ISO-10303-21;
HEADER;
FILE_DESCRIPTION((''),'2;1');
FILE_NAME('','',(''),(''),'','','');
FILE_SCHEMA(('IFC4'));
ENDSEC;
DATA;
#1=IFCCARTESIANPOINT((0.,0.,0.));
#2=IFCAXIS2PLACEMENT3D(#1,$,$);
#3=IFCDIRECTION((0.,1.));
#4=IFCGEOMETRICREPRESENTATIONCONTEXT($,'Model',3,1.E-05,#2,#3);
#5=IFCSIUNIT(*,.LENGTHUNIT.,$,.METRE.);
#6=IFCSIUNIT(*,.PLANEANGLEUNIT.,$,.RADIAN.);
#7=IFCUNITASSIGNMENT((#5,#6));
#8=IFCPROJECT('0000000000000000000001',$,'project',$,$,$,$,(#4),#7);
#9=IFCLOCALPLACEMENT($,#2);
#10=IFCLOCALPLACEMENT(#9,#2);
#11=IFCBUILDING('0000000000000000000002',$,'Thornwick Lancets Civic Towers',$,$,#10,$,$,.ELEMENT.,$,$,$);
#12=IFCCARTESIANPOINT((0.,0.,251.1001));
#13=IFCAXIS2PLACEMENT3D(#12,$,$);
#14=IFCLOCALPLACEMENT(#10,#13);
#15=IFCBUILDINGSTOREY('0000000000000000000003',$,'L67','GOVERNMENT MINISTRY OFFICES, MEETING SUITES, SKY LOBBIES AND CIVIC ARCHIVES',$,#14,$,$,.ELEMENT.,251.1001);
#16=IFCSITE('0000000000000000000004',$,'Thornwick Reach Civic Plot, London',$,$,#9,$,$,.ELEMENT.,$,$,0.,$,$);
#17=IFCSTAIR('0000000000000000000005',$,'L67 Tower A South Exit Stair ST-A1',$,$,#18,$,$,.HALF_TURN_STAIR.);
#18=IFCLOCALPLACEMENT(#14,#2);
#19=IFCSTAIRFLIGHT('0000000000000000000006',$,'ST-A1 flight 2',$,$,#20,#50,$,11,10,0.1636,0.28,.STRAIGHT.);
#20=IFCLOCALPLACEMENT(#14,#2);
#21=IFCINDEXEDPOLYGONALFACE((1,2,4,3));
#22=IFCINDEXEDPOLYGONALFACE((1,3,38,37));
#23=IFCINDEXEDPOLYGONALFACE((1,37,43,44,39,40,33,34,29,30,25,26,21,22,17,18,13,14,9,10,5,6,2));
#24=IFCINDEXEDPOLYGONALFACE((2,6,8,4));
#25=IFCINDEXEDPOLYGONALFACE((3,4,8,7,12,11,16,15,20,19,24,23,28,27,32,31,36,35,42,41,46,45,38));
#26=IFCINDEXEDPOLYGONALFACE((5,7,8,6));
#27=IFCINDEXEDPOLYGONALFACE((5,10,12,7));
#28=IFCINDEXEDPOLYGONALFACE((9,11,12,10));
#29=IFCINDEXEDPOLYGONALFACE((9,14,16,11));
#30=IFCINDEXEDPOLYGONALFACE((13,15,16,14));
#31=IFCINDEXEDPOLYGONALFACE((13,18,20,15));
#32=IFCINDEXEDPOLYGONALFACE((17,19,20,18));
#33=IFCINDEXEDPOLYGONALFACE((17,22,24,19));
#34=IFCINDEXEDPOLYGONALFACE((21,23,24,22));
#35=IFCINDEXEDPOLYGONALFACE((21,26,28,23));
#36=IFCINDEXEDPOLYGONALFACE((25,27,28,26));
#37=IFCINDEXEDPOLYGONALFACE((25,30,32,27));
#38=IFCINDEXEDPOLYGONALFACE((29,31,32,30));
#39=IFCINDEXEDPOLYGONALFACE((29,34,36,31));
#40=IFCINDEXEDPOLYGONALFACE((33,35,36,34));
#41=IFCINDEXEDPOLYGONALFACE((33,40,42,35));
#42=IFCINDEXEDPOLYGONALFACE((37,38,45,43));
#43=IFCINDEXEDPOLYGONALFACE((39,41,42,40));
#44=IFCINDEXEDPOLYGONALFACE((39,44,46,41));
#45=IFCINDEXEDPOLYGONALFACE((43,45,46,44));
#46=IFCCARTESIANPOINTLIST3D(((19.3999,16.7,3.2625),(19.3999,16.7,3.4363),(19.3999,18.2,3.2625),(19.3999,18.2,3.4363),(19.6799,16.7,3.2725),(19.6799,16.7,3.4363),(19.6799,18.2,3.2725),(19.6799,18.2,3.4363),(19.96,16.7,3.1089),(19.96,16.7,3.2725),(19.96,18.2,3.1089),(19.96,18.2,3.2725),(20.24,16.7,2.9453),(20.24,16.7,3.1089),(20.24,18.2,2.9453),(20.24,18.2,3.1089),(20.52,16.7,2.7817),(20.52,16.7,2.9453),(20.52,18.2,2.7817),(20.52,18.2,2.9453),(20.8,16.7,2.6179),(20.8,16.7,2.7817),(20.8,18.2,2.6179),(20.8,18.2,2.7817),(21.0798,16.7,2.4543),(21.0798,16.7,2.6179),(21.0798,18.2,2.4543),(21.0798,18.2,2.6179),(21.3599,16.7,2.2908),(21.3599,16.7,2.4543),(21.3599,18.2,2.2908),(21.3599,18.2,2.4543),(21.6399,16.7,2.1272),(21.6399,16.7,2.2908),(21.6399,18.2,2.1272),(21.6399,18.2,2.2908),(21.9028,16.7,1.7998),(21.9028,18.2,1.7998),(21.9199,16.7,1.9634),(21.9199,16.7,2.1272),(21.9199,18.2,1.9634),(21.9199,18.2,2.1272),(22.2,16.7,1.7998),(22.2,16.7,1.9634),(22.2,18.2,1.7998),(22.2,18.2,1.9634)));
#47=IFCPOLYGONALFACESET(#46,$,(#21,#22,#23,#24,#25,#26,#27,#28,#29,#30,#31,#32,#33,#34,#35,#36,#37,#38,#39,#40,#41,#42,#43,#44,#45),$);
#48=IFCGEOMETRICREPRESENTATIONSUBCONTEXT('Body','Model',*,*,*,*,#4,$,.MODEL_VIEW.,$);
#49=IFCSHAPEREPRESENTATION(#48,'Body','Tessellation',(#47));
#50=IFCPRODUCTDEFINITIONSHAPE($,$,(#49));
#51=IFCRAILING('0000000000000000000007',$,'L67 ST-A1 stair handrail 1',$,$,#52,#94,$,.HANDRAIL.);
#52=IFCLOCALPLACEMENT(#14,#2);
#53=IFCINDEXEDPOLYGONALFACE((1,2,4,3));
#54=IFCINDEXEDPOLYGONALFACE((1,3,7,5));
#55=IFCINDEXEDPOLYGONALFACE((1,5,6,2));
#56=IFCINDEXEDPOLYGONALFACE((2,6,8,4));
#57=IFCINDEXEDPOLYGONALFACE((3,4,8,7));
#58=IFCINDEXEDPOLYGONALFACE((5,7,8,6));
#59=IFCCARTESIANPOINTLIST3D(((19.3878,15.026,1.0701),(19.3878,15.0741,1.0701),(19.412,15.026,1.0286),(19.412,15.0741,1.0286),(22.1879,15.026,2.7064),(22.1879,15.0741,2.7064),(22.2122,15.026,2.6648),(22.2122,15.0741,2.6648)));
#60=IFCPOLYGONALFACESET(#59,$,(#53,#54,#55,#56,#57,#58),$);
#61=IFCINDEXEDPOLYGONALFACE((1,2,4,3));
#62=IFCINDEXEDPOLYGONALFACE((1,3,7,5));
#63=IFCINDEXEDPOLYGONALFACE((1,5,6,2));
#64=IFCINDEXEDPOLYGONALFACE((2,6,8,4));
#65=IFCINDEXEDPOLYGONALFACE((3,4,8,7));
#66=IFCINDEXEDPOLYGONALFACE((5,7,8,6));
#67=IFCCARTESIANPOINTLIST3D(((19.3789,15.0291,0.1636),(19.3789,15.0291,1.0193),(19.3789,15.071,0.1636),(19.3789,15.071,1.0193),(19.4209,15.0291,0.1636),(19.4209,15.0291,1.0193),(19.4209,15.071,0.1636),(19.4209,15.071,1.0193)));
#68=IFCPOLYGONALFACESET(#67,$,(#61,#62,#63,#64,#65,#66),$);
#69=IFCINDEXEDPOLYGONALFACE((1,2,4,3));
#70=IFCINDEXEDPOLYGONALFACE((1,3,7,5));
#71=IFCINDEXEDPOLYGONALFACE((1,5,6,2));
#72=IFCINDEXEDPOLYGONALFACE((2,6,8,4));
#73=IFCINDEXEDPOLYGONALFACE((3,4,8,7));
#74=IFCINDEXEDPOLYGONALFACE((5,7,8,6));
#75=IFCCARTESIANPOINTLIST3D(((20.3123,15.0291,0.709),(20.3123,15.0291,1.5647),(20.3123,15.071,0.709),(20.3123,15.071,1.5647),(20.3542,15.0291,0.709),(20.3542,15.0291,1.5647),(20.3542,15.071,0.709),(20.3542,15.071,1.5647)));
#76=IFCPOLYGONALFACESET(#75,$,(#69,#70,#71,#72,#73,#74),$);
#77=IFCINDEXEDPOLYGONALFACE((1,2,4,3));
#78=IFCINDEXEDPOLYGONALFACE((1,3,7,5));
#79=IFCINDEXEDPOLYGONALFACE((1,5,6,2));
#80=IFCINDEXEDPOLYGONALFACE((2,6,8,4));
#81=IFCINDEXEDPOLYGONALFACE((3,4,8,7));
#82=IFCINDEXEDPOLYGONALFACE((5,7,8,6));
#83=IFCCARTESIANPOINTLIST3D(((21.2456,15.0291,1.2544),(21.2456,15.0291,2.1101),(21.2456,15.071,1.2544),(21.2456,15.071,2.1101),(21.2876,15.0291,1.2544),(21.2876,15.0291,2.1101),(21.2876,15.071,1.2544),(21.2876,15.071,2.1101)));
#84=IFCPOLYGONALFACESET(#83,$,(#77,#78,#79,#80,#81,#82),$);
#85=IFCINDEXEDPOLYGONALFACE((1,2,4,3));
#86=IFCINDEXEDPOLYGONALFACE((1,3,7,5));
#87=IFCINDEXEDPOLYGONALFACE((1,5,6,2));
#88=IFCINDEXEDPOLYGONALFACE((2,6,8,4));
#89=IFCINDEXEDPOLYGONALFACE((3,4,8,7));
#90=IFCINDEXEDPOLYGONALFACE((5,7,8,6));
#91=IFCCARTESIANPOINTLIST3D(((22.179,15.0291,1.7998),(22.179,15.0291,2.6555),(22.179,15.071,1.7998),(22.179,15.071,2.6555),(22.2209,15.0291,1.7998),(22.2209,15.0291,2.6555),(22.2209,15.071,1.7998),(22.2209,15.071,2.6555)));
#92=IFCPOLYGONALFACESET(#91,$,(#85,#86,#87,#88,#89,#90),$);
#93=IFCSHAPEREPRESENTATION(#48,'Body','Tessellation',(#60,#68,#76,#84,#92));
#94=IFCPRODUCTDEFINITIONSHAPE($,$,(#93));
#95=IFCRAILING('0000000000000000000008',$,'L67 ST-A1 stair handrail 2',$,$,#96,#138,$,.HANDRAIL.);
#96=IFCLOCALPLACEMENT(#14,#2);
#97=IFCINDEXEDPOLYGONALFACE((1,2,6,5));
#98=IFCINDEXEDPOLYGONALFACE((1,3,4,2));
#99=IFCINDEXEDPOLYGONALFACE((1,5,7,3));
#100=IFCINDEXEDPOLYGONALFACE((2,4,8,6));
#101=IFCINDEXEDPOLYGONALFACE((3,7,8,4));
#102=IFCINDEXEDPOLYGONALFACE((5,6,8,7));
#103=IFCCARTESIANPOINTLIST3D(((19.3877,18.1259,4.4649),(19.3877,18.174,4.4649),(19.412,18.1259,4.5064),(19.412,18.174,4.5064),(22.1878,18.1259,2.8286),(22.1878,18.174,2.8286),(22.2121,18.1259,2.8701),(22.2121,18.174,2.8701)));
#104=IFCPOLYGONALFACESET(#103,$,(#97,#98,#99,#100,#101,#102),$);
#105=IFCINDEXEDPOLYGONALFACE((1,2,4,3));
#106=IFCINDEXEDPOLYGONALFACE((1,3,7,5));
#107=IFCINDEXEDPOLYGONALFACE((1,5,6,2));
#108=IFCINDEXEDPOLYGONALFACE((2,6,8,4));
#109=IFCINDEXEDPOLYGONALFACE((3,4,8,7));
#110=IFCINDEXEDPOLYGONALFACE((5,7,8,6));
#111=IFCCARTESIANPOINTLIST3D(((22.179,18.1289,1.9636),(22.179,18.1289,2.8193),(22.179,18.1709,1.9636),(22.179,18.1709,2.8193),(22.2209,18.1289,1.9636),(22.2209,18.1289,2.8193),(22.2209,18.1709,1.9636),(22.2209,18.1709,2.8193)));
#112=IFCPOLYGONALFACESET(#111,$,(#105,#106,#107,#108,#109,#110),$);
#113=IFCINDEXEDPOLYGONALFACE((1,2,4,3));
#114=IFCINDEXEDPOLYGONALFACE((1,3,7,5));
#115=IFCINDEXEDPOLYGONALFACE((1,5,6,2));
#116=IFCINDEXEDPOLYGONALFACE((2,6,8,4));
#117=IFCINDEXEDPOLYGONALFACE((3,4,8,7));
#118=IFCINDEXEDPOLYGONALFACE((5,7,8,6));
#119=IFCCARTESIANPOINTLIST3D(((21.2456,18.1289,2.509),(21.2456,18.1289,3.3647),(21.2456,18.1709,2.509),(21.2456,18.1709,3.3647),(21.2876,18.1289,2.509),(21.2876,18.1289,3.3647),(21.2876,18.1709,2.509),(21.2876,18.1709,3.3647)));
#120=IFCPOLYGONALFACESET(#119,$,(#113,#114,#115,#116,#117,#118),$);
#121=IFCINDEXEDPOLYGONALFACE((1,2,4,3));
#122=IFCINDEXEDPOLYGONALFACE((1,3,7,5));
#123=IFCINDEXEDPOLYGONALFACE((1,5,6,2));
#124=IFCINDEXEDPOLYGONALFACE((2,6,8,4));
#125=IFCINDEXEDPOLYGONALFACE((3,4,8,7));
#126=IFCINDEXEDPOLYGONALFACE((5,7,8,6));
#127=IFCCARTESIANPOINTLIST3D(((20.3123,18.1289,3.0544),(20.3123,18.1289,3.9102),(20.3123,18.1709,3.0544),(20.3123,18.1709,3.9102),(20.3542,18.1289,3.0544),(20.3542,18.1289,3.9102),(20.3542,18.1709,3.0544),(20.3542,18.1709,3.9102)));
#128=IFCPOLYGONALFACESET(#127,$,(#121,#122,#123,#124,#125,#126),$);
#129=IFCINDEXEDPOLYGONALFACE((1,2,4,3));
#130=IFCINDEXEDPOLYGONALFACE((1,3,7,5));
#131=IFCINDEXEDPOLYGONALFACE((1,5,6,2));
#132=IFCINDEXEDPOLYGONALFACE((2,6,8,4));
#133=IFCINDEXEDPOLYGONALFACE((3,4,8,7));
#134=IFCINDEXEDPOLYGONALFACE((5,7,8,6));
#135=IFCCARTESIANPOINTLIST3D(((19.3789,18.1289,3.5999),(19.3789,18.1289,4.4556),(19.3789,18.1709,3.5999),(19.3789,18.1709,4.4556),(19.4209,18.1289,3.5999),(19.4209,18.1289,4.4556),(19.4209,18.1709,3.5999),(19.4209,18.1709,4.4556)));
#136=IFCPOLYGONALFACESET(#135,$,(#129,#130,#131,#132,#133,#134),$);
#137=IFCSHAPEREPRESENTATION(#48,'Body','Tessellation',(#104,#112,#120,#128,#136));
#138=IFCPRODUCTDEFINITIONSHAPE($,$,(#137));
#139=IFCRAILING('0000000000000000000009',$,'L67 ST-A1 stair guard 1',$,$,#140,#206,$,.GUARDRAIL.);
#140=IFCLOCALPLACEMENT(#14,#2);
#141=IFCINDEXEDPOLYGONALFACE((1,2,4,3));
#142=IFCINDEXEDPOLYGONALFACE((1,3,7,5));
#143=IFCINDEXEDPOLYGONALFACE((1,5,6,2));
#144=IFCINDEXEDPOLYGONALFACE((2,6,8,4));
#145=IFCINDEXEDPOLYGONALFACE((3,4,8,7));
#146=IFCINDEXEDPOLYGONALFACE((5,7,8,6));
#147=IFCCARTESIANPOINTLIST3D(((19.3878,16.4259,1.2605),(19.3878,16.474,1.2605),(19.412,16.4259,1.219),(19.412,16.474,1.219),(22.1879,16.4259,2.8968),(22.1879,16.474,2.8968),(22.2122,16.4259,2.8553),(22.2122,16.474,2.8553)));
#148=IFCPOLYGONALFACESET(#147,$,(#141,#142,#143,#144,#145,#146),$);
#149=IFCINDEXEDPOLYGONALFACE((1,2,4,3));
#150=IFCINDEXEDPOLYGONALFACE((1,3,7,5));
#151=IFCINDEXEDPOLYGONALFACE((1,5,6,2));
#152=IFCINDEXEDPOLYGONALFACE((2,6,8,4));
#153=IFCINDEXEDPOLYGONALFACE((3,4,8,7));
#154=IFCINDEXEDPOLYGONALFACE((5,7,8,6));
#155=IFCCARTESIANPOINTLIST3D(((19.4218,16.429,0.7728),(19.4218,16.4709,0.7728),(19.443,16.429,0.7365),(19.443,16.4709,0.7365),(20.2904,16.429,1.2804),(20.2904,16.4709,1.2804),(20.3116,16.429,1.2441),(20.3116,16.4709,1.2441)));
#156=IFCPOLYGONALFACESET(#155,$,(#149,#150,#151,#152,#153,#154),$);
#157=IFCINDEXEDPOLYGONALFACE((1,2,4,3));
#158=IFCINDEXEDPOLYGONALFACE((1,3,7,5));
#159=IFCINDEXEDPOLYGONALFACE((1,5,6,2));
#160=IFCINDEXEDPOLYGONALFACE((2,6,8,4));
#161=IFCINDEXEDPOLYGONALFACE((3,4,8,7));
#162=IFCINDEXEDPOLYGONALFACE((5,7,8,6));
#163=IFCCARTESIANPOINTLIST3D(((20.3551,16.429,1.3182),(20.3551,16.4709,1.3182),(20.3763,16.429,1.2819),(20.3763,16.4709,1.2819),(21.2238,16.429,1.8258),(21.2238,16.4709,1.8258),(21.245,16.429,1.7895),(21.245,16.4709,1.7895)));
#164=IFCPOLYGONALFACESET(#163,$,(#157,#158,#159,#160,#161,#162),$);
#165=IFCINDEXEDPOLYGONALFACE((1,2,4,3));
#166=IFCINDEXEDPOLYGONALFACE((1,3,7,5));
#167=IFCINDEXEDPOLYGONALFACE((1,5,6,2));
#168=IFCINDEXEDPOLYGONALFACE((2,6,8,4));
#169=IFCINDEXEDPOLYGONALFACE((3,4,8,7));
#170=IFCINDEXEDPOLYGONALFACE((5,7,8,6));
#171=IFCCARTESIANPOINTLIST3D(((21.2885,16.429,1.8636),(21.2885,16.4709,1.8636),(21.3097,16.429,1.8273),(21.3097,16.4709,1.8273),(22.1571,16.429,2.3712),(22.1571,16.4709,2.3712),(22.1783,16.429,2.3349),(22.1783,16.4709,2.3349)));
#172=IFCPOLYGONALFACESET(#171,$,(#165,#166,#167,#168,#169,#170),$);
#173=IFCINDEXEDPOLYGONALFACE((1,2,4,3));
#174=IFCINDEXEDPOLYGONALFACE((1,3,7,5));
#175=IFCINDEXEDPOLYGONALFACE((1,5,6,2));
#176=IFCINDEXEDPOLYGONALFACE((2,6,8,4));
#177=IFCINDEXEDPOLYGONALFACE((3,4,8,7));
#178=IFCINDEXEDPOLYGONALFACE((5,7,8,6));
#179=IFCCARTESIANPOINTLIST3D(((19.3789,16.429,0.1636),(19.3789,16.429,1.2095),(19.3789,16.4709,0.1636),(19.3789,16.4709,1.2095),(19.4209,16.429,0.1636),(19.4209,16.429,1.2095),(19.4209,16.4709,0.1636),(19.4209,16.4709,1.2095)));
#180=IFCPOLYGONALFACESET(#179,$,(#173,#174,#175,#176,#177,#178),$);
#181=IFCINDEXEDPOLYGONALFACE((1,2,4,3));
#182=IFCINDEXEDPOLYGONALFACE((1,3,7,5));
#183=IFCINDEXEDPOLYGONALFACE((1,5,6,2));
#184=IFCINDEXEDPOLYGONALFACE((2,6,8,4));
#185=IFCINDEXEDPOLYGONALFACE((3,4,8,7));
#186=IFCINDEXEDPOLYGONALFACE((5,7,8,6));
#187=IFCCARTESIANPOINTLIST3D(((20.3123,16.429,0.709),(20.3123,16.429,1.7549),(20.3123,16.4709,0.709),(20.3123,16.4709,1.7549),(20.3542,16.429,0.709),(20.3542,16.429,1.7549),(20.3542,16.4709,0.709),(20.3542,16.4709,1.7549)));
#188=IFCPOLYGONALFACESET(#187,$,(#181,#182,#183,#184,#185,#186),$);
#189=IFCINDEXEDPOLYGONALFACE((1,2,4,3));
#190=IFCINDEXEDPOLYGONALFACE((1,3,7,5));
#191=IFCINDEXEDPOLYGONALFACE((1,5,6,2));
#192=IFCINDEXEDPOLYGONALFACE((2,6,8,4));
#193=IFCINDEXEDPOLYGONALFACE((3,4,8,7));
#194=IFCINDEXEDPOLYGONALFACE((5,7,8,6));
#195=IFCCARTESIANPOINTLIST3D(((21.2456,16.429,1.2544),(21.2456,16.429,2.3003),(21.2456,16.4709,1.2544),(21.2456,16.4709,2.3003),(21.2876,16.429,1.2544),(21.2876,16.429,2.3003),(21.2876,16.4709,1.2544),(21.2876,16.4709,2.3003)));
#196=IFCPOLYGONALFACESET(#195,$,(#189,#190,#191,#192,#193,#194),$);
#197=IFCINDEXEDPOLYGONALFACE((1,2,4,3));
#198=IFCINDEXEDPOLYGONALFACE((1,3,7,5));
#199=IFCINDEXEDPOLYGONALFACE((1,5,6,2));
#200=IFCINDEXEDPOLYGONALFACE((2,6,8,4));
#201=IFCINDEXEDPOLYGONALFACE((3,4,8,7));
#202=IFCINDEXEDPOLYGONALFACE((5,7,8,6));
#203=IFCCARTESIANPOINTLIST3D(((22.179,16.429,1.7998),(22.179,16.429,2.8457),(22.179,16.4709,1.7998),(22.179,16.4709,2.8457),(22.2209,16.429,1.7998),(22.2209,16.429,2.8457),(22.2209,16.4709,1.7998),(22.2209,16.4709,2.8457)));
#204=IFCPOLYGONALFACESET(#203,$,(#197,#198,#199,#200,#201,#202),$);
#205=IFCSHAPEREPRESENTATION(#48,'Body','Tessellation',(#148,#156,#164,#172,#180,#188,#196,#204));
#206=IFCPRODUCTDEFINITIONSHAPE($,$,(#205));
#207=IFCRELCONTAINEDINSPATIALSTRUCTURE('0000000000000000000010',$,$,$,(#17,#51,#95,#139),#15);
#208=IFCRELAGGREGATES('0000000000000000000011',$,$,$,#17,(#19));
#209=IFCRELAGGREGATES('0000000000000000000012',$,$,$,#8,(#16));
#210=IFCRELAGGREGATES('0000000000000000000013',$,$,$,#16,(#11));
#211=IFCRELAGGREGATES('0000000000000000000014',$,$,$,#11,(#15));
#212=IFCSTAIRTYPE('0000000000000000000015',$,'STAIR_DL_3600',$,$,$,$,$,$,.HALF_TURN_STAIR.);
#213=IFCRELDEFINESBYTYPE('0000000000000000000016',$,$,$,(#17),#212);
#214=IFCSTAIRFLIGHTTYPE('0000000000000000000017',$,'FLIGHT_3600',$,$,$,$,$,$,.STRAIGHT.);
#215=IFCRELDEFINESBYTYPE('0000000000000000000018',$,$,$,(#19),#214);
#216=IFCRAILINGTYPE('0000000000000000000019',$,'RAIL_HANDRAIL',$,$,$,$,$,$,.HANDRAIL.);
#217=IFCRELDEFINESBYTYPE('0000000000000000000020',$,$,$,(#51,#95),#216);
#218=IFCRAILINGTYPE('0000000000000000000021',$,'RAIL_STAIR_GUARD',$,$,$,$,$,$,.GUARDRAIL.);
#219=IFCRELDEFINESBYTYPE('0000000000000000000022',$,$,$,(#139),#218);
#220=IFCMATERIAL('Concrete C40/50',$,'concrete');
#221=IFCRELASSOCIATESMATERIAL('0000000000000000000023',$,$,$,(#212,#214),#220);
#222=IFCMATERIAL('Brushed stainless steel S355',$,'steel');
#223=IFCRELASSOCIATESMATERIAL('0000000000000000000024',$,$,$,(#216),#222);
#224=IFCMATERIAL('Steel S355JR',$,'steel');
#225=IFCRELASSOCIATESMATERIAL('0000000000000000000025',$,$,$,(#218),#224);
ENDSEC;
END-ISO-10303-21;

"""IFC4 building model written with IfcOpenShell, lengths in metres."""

from ifc_helpers import new_model, si_unit, direction, frame, origin, origin_2d, place, context, subcontext, project, spatial, polyline, rectangle, outline, extrude, material, type_object, element, aggregate, save


model = new_model("IFC4")

# Units and contexts
model_context = context("Model", 3, precision=1e-05, world=origin(), true_north=direction((0.0, 1.0)))
body_context = subcontext(model_context, "Body", "Model", "MODEL_VIEW")
ifc_project = project(units=[si_unit("LENGTHUNIT", "METRE"), si_unit("PLANEANGLEUNIT", "RADIAN")], contexts=[model_context])

# Site, building, storey
site_placement = place(None, origin())
site = spatial("IfcSite", under=ifc_project, at=site_placement, Name="Thornwick Reach Civic Plot, London", CompositionType="ELEMENT", RefElevation=0.0)
building_placement = place(site_placement, origin())
building = spatial("IfcBuilding", under=site, at=building_placement, Name="Thornwick Lancets Civic Towers", CompositionType="ELEMENT")
storey_placement = place(building_placement, frame((0.0, 0.0, 251.1001)))
storey = spatial("IfcBuildingStorey", under=building, at=storey_placement, Name="L67", Description="GOVERNMENT MINISTRY OFFICES, MEETING SUITES, SKY LOBBIES AND CIVIC ARCHIVES", CompositionType="ELEMENT", Elevation=251.1001)

# Shared definitions
ifc_material_1 = material(Name="Concrete C40/50", Category="concrete")

# Stair, stair flight
stair_type = type_object("IfcStairType", Name="STAIR_DL_3600", PredefinedType="HALF_TURN_STAIR", material=ifc_material_1)
stair_placement = place(storey_placement, origin())
stair = element("IfcStair", 1, at=stair_placement, inside=storey, type_object=stair_type, Name="L67 Tower A South Exit Stair ST-A1", PredefinedType="HALF_TURN_STAIR")
stair_flight_type = type_object("IfcStairFlightType", Name="FLIGHT_3600", PredefinedType="STRAIGHT", material=ifc_material_1)
stair_flight_1_placement = place(storey_placement, frame((22.2, 17.45, 1.7998), z_axis=(0.0, 0.0, 1.0), x_axis=(-1.0, 0.0, 0.0)))
stair_flight_1 = element("IfcStairFlight", 2, at=stair_flight_1_placement, type_object=stair_flight_type, Name="ST-A1 flight 2", NumberOfRisers=11, NumberOfTreads=10, PredefinedType="STRAIGHT", RiserHeight=0.1636, TreadLength=0.28, context=body_context, shape_type="SweptSolid", body=[
    extrude(outline(polyline([(0.0, 0.0), (0.0, 0.1636), (0.28, 0.1636), (0.28, 0.3274), (0.5601, 0.3274), (0.5601, 0.491), (0.8401, 0.491), (0.8401, 0.6545), (1.1201, 0.6545), (1.1201, 0.8181), (1.3999, 0.8181), (1.3999, 0.9819), (1.6799, 0.9819), (1.6799, 1.1455), (1.96, 1.1455), (1.96, 1.3091), (2.24, 1.3091), (2.24, 1.4727), (2.52, 1.4727), (2.52, 1.6365), (2.8, 1.6365), (2.8, 1.8), (2.8, 1.4626), (0.2971, 0.0), (0.0, 0.0)])), frame((0.0, 0.75, 0.0), z_axis=(0.0, -1.0, 0.0), x_axis=(1.0, 0.0, 0.0)), (0.0, 0.0, 1.0), 1.5),
])
aggregate(stair, [stair_flight_1])

# Railings
ifc_material_2 = material(Name="Brushed stainless steel S355", Category="steel")
railing_type_1 = type_object("IfcRailingType", Name="RAIL_HANDRAIL", PredefinedType="HANDRAIL", material=ifc_material_2)
railing_1_placement = place(storey_placement, frame((19.3999, 15.05, 0.1636)))
element("IfcRailing", 3, at=railing_1_placement, inside=storey, type_object=railing_type_1, Name="L67 ST-A1 stair handrail 1", PredefinedType="HANDRAIL", context=body_context, shape_type="SweptSolid", body=[
    extrude(rectangle(XDim=0.0481, YDim=0.0481, at=origin_2d()), frame((0.0, 0.0, 0.8857), z_axis=(0.863394, 0.0, 0.504531), x_axis=(0.0, 1.0, 0.0)), (0.0, 0.0, 1.0), 3.2432),
    extrude(rectangle(XDim=0.042, YDim=0.042, at=origin_2d()), origin(), (0.0, 0.0, 1.0), 0.8557),
    extrude(rectangle(XDim=0.042, YDim=0.042, at=origin_2d()), frame((0.9333, 0.0, 0.5454)), (0.0, 0.0, 1.0), 0.8557),
    extrude(rectangle(XDim=0.042, YDim=0.042, at=origin_2d()), frame((1.8667, 0.0, 1.0908)), (0.0, 0.0, 1.0), 0.8557),
    extrude(rectangle(XDim=0.042, YDim=0.042, at=origin_2d()), frame((2.8, 0.0, 1.6362)), (0.0, 0.0, 1.0), 0.8557),
])
railing_2_placement = place(storey_placement, frame((22.2, 18.1499, 1.9636)))
element("IfcRailing", 4, at=railing_2_placement, inside=storey, type_object=railing_type_1, Name="L67 ST-A1 stair handrail 2", PredefinedType="HANDRAIL", context=body_context, shape_type="SweptSolid", body=[
    extrude(rectangle(XDim=0.0481, YDim=0.0481, at=origin_2d()), frame((0.0, 0.0, 0.8857), z_axis=(-0.863394, 0.0, 0.504531), x_axis=(0.0, -1.0, 0.0)), (0.0, 0.0, 1.0), 3.2432),
    extrude(rectangle(XDim=0.042, YDim=0.042, at=origin_2d()), origin(), (0.0, 0.0, 1.0), 0.8557),
    extrude(rectangle(XDim=0.042, YDim=0.042, at=origin_2d()), frame((-0.9333, 0.0, 0.5454)), (0.0, 0.0, 1.0), 0.8557),
    extrude(rectangle(XDim=0.042, YDim=0.042, at=origin_2d()), frame((-1.8667, 0.0, 1.0908)), (0.0, 0.0, 1.0), 0.8557),
    extrude(rectangle(XDim=0.042, YDim=0.042, at=origin_2d()), frame((-2.8, 0.0, 1.6362)), (0.0, 0.0, 1.0), 0.8557),
])
ifc_material_3 = material(Name="Steel S355JR", Category="steel")
railing_type_2 = type_object("IfcRailingType", Name="RAIL_STAIR_GUARD", PredefinedType="GUARDRAIL", material=ifc_material_3)
railing_3_placement = place(storey_placement, frame((19.3999, 16.45, 0.1636)))
element("IfcRailing", 5, at=railing_3_placement, inside=storey, type_object=railing_type_2, Name="L67 ST-A1 stair guard 1", PredefinedType="GUARDRAIL", context=body_context, shape_type="SweptSolid", body=[
    extrude(rectangle(XDim=0.0481, YDim=0.0481, at=origin_2d()), frame((0.0, 0.0, 1.0762), z_axis=(0.863394, 0.0, 0.504531), x_axis=(0.0, 1.0, 0.0)), (0.0, 0.0, 1.0), 3.2432),
    extrude(rectangle(XDim=0.042, YDim=0.042, at=origin_2d()), frame((0.0325, 0.0, 0.5911), z_axis=(0.863394, 0.0, 0.504531), x_axis=(0.0, 1.0, 0.0)), (0.0, 0.0, 1.0), 1.0061),
    extrude(rectangle(XDim=0.042, YDim=0.042, at=origin_2d()), frame((0.9658, 0.0, 1.1365), z_axis=(0.863394, 0.0, 0.504531), x_axis=(0.0, 1.0, 0.0)), (0.0, 0.0, 1.0), 1.0061),
    extrude(rectangle(XDim=0.042, YDim=0.042, at=origin_2d()), frame((1.8992, 0.0, 1.6819), z_axis=(0.863394, 0.0, 0.504531), x_axis=(0.0, 1.0, 0.0)), (0.0, 0.0, 1.0), 1.0061),
    extrude(rectangle(XDim=0.042, YDim=0.042, at=origin_2d()), origin(), (0.0, 0.0, 1.0), 1.0459),
    extrude(rectangle(XDim=0.042, YDim=0.042, at=origin_2d()), frame((0.9333, 0.0, 0.5454)), (0.0, 0.0, 1.0), 1.0459),
    extrude(rectangle(XDim=0.042, YDim=0.042, at=origin_2d()), frame((1.8667, 0.0, 1.0908)), (0.0, 0.0, 1.0), 1.0459),
    extrude(rectangle(XDim=0.042, YDim=0.042, at=origin_2d()), frame((2.8, 0.0, 1.6362)), (0.0, 0.0, 1.0), 1.0459),
])

save(model, "model.ifc")
